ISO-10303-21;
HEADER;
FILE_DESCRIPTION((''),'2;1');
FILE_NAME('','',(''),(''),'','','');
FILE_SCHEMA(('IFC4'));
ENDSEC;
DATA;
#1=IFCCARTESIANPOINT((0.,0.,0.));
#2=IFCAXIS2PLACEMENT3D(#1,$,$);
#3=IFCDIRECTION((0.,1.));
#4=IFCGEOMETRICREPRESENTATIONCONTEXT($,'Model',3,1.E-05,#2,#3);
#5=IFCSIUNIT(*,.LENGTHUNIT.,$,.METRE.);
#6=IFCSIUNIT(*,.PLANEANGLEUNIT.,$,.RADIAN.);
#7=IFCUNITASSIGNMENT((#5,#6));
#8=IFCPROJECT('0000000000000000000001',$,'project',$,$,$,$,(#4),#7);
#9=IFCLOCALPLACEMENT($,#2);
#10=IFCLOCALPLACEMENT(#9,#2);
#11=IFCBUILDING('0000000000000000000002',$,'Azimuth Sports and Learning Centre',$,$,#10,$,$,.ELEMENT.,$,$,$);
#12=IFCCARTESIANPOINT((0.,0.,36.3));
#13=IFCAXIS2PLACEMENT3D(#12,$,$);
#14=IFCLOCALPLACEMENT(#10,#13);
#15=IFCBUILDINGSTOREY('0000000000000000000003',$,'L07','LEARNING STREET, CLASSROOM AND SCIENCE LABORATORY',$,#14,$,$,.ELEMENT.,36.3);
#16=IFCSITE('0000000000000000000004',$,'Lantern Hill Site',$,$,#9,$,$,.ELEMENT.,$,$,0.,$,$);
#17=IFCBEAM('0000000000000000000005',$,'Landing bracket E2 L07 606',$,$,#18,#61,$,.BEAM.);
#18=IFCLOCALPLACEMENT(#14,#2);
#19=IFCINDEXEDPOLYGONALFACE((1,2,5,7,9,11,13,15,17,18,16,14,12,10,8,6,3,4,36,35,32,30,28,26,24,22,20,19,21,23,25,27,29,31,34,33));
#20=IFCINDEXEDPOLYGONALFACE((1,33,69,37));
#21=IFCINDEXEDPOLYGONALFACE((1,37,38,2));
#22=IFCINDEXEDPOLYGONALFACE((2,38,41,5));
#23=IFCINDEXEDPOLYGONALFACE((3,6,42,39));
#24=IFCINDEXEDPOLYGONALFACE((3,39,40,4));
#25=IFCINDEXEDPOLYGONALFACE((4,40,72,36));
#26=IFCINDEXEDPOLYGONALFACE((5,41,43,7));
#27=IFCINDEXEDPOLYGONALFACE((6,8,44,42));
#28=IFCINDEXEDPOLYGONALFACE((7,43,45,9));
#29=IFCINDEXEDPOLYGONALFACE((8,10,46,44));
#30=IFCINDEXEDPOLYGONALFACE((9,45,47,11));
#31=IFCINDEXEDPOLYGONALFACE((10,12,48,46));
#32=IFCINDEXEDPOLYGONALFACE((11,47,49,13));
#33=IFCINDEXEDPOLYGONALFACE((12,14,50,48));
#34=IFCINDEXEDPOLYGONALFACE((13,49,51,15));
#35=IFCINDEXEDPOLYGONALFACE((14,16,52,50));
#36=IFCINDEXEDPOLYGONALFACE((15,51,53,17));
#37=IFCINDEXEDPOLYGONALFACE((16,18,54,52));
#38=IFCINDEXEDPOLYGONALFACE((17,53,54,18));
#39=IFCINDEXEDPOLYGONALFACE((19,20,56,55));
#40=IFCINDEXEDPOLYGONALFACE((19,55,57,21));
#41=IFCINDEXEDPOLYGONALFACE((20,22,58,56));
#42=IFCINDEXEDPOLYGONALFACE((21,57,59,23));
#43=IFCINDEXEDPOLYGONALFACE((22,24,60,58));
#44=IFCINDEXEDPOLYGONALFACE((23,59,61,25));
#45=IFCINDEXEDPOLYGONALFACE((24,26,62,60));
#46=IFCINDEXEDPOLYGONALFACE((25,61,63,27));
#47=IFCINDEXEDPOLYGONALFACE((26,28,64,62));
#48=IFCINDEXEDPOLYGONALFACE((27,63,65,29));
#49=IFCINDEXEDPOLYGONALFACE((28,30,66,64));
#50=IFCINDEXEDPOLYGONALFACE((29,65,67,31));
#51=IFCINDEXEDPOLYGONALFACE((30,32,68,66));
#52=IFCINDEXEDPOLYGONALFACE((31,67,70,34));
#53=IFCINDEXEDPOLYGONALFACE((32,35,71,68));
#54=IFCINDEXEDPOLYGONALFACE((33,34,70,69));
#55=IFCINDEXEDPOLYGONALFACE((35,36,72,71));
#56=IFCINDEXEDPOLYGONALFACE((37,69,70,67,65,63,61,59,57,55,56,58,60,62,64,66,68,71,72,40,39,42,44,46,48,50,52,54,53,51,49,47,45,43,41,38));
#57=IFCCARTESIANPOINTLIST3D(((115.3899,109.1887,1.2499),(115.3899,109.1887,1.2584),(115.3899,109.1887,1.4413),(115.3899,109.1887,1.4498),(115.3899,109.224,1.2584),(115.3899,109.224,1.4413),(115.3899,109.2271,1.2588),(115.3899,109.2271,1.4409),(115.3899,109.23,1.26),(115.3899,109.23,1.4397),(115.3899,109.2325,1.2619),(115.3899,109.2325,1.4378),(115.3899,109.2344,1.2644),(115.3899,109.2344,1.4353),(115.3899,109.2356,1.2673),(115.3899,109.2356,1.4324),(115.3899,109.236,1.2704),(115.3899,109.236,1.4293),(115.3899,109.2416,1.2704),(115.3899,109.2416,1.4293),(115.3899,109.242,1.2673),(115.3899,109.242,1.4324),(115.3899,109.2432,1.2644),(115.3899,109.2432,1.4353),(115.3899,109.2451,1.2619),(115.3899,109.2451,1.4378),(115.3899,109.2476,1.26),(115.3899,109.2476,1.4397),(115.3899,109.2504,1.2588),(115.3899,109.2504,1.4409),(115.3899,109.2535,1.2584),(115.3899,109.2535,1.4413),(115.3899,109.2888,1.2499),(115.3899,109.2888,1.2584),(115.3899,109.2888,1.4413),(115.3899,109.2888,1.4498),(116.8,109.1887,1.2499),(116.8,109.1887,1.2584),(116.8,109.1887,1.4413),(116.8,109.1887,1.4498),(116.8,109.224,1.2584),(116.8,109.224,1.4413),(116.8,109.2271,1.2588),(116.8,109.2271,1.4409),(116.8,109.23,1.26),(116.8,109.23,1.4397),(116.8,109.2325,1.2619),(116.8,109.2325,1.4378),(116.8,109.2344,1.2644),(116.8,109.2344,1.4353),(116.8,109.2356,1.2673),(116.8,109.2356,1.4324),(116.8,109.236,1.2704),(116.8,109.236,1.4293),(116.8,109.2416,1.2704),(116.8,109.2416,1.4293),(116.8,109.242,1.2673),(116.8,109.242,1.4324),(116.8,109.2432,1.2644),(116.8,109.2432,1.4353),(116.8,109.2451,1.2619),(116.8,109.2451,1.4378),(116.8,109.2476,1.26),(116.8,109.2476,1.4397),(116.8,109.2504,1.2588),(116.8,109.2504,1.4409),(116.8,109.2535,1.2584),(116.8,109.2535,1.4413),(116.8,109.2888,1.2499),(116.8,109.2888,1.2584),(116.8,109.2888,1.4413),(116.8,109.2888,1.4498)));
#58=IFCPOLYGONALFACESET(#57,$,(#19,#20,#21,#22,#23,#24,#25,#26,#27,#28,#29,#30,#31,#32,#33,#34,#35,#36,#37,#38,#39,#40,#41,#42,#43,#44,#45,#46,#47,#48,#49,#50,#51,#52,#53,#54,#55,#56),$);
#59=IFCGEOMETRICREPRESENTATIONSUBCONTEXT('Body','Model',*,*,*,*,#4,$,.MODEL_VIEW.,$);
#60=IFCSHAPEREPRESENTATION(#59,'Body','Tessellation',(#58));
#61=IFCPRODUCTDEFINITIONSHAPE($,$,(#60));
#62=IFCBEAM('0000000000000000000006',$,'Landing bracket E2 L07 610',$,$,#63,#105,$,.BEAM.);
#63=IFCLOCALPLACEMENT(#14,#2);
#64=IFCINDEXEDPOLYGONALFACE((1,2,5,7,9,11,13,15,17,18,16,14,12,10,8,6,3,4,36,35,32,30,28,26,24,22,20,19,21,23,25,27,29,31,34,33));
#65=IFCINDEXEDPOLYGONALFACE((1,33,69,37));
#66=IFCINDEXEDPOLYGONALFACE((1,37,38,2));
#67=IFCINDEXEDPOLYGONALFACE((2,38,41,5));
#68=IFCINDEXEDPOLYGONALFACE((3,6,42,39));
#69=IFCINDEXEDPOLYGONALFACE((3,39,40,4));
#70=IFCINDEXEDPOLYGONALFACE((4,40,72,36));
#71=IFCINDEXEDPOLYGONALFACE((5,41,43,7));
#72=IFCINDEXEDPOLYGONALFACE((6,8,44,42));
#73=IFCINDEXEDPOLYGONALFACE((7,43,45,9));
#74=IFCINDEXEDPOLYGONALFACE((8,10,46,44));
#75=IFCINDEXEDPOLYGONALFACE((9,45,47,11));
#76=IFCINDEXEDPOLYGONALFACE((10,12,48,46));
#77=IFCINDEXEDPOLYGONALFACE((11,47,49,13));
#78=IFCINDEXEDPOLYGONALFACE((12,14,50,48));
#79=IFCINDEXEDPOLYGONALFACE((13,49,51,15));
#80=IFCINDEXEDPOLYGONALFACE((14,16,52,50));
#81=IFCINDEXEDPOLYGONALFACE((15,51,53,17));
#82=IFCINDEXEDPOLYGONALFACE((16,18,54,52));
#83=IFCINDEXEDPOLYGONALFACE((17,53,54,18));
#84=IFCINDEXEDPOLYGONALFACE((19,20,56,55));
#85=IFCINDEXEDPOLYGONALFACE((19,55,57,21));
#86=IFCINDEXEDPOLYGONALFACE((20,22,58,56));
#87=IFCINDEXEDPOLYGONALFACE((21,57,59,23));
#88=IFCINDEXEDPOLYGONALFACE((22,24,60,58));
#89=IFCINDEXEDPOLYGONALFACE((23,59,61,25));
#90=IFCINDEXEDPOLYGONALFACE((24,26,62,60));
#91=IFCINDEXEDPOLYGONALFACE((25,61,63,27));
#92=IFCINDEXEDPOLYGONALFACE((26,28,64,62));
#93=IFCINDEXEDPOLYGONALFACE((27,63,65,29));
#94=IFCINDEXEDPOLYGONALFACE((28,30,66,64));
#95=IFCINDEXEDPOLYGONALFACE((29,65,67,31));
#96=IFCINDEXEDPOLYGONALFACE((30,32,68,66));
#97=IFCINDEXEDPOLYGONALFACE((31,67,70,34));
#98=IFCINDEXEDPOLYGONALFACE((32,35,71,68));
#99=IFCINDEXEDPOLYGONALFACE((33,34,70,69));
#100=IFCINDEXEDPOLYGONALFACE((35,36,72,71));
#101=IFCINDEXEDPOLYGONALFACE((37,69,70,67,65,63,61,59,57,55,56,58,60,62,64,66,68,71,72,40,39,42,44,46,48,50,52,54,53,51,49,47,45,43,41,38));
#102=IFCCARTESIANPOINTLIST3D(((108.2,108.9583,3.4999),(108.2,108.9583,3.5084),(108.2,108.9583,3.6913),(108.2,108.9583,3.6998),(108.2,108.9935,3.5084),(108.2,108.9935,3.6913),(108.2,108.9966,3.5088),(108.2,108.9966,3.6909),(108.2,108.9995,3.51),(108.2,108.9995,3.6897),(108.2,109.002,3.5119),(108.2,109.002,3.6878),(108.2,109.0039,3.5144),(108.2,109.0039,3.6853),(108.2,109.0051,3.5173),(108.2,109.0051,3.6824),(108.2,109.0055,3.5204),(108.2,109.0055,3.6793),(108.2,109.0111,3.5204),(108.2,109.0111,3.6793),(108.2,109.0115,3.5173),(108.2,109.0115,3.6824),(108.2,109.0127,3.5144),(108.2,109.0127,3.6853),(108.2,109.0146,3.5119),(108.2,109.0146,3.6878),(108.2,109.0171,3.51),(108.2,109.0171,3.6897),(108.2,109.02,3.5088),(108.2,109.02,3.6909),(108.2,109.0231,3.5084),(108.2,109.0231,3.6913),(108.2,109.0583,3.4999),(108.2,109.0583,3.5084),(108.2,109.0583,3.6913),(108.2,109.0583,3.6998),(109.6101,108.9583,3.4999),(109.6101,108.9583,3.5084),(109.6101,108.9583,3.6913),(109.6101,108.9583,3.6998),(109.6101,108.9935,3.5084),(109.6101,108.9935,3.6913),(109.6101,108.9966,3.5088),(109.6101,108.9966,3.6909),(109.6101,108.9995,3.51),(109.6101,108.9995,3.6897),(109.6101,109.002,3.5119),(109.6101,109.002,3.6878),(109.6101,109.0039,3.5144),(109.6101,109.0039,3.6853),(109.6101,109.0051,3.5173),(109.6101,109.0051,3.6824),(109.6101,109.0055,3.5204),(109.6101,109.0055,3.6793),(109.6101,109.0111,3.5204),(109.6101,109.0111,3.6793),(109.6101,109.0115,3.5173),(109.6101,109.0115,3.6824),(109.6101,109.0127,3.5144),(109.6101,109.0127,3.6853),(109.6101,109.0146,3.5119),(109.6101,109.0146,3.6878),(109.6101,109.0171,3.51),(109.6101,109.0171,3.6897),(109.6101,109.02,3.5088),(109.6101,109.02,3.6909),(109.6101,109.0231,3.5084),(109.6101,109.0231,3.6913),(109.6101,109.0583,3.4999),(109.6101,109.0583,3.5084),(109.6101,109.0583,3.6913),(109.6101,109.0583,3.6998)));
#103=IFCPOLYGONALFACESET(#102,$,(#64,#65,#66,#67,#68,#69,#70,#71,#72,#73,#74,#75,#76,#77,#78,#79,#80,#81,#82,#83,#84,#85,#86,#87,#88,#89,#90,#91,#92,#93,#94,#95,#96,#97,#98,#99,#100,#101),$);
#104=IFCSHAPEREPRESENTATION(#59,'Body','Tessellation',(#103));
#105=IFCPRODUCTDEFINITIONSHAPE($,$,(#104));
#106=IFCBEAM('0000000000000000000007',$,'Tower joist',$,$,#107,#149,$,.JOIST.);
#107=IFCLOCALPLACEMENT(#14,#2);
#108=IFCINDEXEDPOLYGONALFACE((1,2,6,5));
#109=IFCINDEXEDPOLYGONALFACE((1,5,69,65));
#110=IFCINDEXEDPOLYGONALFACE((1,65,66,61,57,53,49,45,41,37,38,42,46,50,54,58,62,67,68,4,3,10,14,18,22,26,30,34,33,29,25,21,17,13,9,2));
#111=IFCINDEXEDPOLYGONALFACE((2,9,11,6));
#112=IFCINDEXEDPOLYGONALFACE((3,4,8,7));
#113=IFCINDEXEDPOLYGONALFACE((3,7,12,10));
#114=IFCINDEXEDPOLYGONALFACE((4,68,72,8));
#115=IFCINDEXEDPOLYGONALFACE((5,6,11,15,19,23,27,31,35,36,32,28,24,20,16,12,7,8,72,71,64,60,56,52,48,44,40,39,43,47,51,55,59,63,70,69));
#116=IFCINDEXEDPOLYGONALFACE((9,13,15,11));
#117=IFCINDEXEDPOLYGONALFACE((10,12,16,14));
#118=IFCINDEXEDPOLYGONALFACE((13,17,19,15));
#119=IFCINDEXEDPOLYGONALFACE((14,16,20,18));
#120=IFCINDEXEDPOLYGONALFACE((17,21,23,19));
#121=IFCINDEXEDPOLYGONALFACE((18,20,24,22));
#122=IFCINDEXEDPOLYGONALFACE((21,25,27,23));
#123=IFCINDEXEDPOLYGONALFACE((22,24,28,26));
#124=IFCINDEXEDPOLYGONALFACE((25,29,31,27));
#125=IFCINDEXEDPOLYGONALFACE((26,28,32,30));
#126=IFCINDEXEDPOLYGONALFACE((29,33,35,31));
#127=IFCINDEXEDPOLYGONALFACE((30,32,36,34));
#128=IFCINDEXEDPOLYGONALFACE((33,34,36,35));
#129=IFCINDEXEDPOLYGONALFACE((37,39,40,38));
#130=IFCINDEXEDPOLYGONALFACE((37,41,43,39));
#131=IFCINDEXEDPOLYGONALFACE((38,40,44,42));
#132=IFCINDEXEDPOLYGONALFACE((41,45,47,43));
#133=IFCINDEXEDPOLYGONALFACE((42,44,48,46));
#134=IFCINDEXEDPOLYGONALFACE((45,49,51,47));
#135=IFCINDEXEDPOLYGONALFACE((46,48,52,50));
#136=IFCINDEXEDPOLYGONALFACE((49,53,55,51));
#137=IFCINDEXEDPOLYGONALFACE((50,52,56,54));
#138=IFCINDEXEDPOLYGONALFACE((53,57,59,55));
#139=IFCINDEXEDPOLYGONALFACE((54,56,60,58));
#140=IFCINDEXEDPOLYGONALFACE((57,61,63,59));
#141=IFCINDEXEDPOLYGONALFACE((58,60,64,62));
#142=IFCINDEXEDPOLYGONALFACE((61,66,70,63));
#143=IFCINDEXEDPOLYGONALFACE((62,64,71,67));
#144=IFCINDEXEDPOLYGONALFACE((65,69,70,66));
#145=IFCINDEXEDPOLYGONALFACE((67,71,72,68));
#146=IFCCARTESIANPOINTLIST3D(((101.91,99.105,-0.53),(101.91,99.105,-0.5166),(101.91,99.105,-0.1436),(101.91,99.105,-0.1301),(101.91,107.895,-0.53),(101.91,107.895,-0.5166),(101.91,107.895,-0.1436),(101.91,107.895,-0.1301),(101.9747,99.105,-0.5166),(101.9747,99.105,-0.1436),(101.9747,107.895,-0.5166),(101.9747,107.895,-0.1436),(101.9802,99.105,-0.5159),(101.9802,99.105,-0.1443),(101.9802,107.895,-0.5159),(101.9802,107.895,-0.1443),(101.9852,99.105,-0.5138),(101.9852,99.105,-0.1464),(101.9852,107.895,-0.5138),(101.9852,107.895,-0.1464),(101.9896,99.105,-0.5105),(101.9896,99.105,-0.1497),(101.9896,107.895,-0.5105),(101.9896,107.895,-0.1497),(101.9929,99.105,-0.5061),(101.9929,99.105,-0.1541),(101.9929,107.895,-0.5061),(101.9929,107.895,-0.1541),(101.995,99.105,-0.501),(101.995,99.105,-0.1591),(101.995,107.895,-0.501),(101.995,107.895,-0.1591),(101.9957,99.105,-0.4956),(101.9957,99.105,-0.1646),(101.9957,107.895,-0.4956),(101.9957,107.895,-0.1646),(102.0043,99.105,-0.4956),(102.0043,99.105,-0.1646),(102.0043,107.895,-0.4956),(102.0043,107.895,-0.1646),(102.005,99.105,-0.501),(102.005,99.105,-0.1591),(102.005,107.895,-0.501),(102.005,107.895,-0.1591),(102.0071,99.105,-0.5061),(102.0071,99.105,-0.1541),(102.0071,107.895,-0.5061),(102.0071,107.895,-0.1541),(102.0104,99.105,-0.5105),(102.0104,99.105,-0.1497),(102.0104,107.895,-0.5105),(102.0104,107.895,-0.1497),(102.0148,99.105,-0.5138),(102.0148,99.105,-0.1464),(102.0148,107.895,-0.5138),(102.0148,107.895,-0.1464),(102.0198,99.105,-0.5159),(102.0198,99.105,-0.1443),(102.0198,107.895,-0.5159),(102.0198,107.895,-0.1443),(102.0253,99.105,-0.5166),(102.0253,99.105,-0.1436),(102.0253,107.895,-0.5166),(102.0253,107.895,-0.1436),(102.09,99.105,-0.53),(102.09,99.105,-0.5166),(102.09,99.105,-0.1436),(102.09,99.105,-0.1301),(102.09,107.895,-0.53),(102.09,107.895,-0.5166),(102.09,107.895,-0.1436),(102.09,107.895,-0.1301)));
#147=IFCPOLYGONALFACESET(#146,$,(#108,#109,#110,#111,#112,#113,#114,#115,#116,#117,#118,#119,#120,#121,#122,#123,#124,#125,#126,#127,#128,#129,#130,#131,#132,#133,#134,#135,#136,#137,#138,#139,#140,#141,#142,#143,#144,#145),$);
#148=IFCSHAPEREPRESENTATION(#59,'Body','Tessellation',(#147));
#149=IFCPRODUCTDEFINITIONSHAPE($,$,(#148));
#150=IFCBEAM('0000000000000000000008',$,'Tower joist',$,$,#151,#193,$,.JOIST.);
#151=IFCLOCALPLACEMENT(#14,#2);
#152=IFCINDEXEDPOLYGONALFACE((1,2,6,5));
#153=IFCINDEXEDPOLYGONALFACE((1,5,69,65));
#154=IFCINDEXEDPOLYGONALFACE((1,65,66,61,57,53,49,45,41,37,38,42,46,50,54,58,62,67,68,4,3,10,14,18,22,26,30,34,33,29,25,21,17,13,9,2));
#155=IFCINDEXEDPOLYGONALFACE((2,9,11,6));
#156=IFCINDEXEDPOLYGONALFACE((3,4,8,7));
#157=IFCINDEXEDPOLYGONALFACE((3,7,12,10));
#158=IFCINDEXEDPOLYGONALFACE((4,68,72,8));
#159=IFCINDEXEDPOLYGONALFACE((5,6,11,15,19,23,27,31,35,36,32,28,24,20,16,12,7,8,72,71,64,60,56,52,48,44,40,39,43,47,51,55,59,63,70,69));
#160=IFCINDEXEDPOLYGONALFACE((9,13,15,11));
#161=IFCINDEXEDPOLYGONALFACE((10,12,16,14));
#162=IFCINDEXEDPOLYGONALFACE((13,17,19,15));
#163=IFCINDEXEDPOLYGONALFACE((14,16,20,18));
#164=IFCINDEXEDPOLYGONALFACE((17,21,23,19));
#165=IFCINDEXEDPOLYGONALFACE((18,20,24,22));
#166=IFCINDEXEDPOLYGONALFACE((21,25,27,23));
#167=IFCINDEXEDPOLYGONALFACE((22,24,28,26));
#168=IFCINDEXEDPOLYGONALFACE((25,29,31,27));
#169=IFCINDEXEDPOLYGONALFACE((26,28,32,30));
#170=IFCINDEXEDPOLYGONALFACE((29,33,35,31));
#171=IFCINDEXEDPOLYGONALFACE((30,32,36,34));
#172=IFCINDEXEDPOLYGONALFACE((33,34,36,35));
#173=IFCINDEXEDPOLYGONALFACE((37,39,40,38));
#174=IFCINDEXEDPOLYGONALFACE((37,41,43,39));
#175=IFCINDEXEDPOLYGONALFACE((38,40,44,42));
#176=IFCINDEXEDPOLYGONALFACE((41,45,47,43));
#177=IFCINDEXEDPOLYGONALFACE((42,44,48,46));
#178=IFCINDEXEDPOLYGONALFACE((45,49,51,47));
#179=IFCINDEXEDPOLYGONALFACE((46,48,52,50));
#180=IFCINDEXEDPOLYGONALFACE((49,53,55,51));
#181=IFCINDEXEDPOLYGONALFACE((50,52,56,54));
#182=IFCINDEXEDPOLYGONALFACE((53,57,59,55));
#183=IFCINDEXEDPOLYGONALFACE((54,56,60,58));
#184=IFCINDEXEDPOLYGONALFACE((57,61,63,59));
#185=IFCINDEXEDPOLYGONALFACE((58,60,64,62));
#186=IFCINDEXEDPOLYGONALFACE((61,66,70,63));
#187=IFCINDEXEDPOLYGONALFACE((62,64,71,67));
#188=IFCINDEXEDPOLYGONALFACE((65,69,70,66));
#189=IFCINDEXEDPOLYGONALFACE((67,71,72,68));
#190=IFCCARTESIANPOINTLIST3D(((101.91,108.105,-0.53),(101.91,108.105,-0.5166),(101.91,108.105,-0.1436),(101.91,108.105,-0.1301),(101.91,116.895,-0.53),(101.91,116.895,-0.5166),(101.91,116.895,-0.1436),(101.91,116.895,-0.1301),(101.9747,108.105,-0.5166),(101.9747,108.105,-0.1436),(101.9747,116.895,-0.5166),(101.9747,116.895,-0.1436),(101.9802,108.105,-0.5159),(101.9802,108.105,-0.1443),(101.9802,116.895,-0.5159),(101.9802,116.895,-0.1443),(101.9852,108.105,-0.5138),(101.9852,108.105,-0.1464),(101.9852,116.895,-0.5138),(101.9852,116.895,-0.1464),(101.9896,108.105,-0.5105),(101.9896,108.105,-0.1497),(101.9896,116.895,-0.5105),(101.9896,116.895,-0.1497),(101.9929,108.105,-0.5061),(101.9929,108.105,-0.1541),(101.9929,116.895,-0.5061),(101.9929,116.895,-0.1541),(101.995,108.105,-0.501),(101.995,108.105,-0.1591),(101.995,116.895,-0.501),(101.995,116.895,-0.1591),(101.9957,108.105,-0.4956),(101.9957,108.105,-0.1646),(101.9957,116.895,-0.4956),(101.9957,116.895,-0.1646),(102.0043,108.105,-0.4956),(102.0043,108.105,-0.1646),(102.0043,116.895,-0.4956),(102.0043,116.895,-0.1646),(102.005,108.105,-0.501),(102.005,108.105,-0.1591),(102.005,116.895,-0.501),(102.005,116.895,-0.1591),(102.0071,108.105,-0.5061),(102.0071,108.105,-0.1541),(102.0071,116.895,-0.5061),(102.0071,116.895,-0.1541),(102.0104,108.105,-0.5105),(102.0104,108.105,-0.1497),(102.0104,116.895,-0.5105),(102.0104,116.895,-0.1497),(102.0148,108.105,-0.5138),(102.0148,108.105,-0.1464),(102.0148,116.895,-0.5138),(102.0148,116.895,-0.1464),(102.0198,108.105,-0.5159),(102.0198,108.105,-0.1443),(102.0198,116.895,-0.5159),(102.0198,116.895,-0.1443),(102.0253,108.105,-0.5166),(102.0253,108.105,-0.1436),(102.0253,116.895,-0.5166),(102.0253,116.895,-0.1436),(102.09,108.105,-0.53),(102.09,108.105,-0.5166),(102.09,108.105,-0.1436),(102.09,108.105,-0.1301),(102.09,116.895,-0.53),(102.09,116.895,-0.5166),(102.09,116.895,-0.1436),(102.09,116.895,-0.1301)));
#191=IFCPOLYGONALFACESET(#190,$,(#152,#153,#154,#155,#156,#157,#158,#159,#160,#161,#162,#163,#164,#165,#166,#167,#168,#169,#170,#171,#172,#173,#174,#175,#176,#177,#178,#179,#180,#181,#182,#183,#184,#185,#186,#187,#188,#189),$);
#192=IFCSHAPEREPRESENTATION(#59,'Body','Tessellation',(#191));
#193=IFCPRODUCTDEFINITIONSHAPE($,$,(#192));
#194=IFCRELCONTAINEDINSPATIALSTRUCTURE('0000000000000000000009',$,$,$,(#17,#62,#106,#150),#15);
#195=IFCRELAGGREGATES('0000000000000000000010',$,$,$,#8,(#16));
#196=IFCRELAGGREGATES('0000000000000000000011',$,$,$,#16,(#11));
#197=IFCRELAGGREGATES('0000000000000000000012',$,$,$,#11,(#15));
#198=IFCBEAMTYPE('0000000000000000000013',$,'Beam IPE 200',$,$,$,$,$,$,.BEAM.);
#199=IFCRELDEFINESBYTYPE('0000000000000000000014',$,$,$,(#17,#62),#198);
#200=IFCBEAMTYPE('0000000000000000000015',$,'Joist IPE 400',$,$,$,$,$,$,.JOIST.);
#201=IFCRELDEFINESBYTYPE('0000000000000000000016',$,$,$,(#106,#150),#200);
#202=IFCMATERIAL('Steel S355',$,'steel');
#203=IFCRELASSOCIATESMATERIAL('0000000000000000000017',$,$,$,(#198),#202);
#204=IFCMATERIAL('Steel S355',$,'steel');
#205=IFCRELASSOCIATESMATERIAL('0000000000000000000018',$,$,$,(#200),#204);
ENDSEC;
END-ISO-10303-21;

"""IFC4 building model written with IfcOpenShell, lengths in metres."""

from ifc_helpers import new_model, si_unit, direction, frame, origin, origin_2d, place, context, subcontext, project, spatial, i_section, extrude, material, material_profile, profile_set, type_object, element, save


model = new_model("IFC4")

# Units and contexts
model_context = context("Model", 3, precision=1e-05, world=origin(), true_north=direction((0.0, 1.0)))
body_context = subcontext(model_context, "Body", "Model", "MODEL_VIEW")
ifc_project = project(units=[si_unit("LENGTHUNIT", "METRE"), si_unit("PLANEANGLEUNIT", "RADIAN")], contexts=[model_context])

# Site, building, storey
site_placement = place(None, origin())
site = spatial("IfcSite", under=ifc_project, at=site_placement, Name="Lantern Hill Site", CompositionType="ELEMENT", RefElevation=0.0)
building_placement = place(site_placement, origin())
building = spatial("IfcBuilding", under=site, at=building_placement, Name="Azimuth Sports and Learning Centre", CompositionType="ELEMENT")
storey_placement = place(building_placement, frame((0.0, 0.0, 36.3)))
storey = spatial("IfcBuildingStorey", under=building, at=storey_placement, Name="L07", Description="LEARNING STREET, CLASSROOM AND SCIENCE LABORATORY", CompositionType="ELEMENT", Elevation=36.3)

# Beams
ifc_material_1 = material(Name="Steel S355", Category="steel")
ifc_material_profile_1 = material_profile(ifc_material_1, i_section(OverallWidth=0.1001, OverallDepth=0.2, WebThickness=0.0056, FlangeThickness=0.0085, FilletRadius=0.012, at=origin_2d()), Name="IPE 200")
ifc_profile_set_1 = profile_set([ifc_material_profile_1], Name="Steel S355")
beam_type_1 = type_object("IfcBeamType", Name="Beam IPE 200", PredefinedType="BEAM", material=ifc_profile_set_1)
for number, where, z_axis, x_axis, name in (
    (1, (116.8, 109.2388, 1.3499), (-1.0, 0.0, 0.0), (0.0, -1.0, 0.0), "Landing bracket E2 L07 606"),
    (2, (108.2, 109.0083, 3.5999), (1.0, 0.0, 0.0), (0.0, 1.0, 0.0), "Landing bracket E2 L07 610"),
):
    element("IfcBeam", number, at=place(storey_placement, frame(where, z_axis=z_axis, x_axis=x_axis)), inside=storey, type_object=beam_type_1, Name=name, PredefinedType="BEAM", context=body_context, shape_type="SweptSolid", body=[
        extrude(i_section(OverallWidth=0.1001, OverallDepth=0.2, WebThickness=0.0056, FlangeThickness=0.0085, FilletRadius=0.012, at=origin_2d()), origin(), (0.0, 0.0, 1.0), 1.4102),
    ])
ifc_material_2 = material(Name="Steel S355", Category="steel")
ifc_material_profile_2 = material_profile(ifc_material_2, i_section(OverallWidth=0.1799, OverallDepth=0.3999, WebThickness=0.0085, FlangeThickness=0.0134, FilletRadius=0.021, at=origin_2d()), Name="IPE 400")
ifc_profile_set_2 = profile_set([ifc_material_profile_2], Name="Steel S355")
beam_type_2 = type_object("IfcBeamType", Name="Joist IPE 400", PredefinedType="JOIST", material=ifc_profile_set_2)
for number, where, z_axis, x_axis, name in (
    (3, (102.0, 99.105, -0.3301), (0.0, 1.0, 0.0), (-1.0, 0.0, 0.0), "Tower joist"),
    (4, (102.0, 108.105, -0.3301), (0.0, 1.0, 0.0), (-1.0, 0.0, 0.0), "Tower joist"),
):
    element("IfcBeam", number, at=place(storey_placement, frame(where, z_axis=z_axis, x_axis=x_axis)), inside=storey, type_object=beam_type_2, Name=name, PredefinedType="JOIST", context=body_context, shape_type="SweptSolid", body=[
        extrude(i_section(OverallWidth=0.1799, OverallDepth=0.3999, WebThickness=0.0085, FlangeThickness=0.0134, FilletRadius=0.021, at=origin_2d()), origin(), (0.0, 0.0, 1.0), 8.79),
    ])

save(model, "model.ifc")
